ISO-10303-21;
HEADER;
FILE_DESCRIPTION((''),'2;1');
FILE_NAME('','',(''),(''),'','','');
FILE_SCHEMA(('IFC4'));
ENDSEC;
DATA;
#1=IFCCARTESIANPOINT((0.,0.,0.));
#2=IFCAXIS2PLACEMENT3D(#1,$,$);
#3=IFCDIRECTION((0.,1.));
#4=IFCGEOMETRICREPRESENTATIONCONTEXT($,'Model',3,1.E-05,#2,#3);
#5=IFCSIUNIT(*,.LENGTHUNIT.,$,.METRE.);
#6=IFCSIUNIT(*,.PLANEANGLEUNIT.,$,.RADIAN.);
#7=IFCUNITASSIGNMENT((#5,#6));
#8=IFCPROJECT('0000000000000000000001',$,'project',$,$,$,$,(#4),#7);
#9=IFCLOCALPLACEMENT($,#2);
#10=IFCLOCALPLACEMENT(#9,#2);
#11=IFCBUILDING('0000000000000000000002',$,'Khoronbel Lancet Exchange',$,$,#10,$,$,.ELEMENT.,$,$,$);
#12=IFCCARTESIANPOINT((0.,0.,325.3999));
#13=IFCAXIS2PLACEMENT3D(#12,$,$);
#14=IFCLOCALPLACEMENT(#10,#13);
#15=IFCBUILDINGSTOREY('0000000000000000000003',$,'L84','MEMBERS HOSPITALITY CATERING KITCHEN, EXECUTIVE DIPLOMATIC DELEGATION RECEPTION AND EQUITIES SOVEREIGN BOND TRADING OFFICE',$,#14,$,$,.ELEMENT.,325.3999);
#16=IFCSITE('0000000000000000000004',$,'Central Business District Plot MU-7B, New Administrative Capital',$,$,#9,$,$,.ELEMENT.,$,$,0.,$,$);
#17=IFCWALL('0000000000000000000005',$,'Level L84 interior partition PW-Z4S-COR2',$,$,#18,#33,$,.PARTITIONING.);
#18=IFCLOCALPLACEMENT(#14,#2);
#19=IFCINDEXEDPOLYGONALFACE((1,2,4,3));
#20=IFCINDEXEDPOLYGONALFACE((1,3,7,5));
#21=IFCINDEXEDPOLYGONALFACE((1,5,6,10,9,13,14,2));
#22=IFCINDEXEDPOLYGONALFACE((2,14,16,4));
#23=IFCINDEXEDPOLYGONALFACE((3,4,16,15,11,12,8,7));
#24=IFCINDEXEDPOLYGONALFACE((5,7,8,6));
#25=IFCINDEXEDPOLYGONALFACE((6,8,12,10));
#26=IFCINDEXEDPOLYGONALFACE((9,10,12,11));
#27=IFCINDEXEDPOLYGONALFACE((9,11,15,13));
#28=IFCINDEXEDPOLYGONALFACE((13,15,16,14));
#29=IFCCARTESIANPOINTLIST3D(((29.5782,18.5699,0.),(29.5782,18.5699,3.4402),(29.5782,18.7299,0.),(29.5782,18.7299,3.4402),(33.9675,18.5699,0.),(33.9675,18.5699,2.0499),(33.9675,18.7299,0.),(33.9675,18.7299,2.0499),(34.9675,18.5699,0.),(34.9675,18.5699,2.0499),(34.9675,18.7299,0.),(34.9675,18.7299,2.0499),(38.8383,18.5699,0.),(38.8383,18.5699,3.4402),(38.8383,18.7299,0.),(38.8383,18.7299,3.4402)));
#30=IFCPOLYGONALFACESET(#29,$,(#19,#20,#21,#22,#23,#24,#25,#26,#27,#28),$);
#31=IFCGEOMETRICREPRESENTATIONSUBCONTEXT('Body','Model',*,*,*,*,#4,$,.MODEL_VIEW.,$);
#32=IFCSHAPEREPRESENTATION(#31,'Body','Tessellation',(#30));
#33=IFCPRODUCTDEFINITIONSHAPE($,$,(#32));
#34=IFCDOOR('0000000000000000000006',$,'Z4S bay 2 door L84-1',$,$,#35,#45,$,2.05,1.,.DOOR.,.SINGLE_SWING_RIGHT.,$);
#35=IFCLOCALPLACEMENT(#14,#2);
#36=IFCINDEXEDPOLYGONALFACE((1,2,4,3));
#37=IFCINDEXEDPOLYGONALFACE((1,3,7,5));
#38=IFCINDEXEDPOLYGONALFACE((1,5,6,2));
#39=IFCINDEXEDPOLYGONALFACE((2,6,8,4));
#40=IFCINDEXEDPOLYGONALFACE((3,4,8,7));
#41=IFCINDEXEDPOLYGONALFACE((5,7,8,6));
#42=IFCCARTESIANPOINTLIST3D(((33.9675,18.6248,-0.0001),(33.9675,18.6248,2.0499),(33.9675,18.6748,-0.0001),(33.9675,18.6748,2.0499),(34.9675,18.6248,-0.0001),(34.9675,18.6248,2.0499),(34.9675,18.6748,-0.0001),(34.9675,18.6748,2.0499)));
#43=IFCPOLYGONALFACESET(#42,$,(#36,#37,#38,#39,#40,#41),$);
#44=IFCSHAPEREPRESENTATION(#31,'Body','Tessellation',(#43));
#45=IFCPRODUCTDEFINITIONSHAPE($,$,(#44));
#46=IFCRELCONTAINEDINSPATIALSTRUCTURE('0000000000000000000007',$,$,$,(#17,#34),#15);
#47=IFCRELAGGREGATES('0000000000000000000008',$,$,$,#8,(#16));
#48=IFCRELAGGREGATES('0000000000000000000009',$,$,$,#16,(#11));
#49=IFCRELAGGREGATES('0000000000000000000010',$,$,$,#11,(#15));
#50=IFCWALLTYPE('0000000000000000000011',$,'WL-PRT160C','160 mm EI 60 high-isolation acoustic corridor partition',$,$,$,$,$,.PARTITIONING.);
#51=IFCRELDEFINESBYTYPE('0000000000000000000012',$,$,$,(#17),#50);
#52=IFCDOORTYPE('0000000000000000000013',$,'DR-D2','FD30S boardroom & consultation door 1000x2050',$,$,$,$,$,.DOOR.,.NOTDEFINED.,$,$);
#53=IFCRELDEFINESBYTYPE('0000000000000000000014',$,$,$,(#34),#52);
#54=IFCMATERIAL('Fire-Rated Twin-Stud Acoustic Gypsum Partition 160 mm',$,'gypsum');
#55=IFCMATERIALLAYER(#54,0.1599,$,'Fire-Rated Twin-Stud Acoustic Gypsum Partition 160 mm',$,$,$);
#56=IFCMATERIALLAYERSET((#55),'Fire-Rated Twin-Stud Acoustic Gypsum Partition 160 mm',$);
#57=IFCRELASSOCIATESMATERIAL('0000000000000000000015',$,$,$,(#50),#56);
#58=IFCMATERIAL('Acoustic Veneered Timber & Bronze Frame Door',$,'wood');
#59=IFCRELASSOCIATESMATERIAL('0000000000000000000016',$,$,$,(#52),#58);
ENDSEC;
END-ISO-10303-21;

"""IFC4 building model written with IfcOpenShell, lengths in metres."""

from ifc_helpers import new_model, si_unit, direction, frame, frame_2d, origin, place, context, subcontext, project, spatial, rectangle, extrude, material, layer, layer_set, type_object, element, fill, save


model = new_model("IFC4")

# Units and contexts
model_context = context("Model", 3, precision=1e-05, world=origin(), true_north=direction((0.0, 1.0)))
body_context = subcontext(model_context, "Body", "Model", "MODEL_VIEW")
ifc_project = project(units=[si_unit("LENGTHUNIT", "METRE"), si_unit("PLANEANGLEUNIT", "RADIAN")], contexts=[model_context])

# Site, building, storey
site_placement = place(None, origin())
site = spatial("IfcSite", under=ifc_project, at=site_placement, Name="Central Business District Plot MU-7B, New Administrative Capital", CompositionType="ELEMENT", RefElevation=0.0)
building_placement = place(site_placement, origin())
building = spatial("IfcBuilding", under=site, at=building_placement, Name="Khoronbel Lancet Exchange", CompositionType="ELEMENT")
storey_placement = place(building_placement, frame((0.0, 0.0, 325.3999)))
storey = spatial("IfcBuildingStorey", under=building, at=storey_placement, Name="L84", Description="MEMBERS HOSPITALITY CATERING KITCHEN, EXECUTIVE DIPLOMATIC DELEGATION RECEPTION AND EQUITIES SOVEREIGN BOND TRADING OFFICE", CompositionType="ELEMENT", Elevation=325.3999)

# Wall, opening, door
ifc_material_1 = material(Name="Fire-Rated Twin-Stud Acoustic Gypsum Partition 160 mm", Category="gypsum")
ifc_layer_1 = layer(ifc_material_1, 0.1599, Name="Fire-Rated Twin-Stud Acoustic Gypsum Partition 160 mm")
ifc_layer_set_1 = layer_set([ifc_layer_1], Name="Fire-Rated Twin-Stud Acoustic Gypsum Partition 160 mm")
wall_type_1 = type_object("IfcWallType", Name="WL-PRT160C", Description="160 mm EI 60 high-isolation acoustic corridor partition", PredefinedType="PARTITIONING", material=ifc_layer_set_1)
ifc_material_2 = material(Name="Acoustic Veneered Timber & Bronze Frame Door", Category="wood")
door_type_1 = type_object("IfcDoorType", Name="DR-D2", Description="FD30S boardroom & consultation door 1000x2050", OperationType="NOTDEFINED", PredefinedType="DOOR", material=ifc_material_2)
wall_1_placement = place(storey_placement, frame((29.5784, 18.6499, 0.0), z_axis=(0.0, 0.0, 1.0), x_axis=(1.0, 0.0, 0.0)))
wall_1 = element("IfcWall", 1, at=wall_1_placement, inside=storey, type_object=wall_type_1, Name="Level L84 interior partition PW-Z4S-COR2", PredefinedType="PARTITIONING", context=body_context, shape_type="SweptSolid", body=[
    extrude(rectangle(XDim=9.26, YDim=0.1599, at=frame_2d((4.6299, 0.0))), origin(), (0.0, 0.0, 1.0), 3.4402),
])
opening_1_placement = place(wall_1_placement, frame((4.3892, 0.0, 0.0)))
opening_1 = element("IfcOpeningElement", 2, at=opening_1_placement, cuts=wall_1, PredefinedType="OPENING", context=body_context, shape_type="SweptSolid", body=[
    extrude(rectangle(XDim=1.0, YDim=2.05, at=frame_2d((0.5, 1.0249))), frame((0.0, 0.0898, 0.0), z_axis=(0.0, -1.0, 0.0), x_axis=(1.0, 0.0, 0.0)), (0.0, 0.0, 1.0), 0.1799),
])
door_1_placement = place(opening_1_placement, origin())
door_1 = element("IfcDoor", 3, at=door_1_placement, inside=storey, type_object=door_type_1, Name="Z4S bay 2 door L84-1", OperationType="SINGLE_SWING_RIGHT", OverallHeight=2.05, OverallWidth=1.0, PredefinedType="DOOR", context=body_context, shape_type="SweptSolid", body=[
    extrude(rectangle(XDim=1.0, YDim=2.05, at=frame_2d((0.5, 1.0249))), frame((0.0, 0.0249, 0.0), z_axis=(0.0, -1.0, 0.0), x_axis=(1.0, 0.0, 0.0)), (0.0, 0.0, 1.0), 0.05),
])
fill(opening_1, door_1)

save(model, "model.ifc")
